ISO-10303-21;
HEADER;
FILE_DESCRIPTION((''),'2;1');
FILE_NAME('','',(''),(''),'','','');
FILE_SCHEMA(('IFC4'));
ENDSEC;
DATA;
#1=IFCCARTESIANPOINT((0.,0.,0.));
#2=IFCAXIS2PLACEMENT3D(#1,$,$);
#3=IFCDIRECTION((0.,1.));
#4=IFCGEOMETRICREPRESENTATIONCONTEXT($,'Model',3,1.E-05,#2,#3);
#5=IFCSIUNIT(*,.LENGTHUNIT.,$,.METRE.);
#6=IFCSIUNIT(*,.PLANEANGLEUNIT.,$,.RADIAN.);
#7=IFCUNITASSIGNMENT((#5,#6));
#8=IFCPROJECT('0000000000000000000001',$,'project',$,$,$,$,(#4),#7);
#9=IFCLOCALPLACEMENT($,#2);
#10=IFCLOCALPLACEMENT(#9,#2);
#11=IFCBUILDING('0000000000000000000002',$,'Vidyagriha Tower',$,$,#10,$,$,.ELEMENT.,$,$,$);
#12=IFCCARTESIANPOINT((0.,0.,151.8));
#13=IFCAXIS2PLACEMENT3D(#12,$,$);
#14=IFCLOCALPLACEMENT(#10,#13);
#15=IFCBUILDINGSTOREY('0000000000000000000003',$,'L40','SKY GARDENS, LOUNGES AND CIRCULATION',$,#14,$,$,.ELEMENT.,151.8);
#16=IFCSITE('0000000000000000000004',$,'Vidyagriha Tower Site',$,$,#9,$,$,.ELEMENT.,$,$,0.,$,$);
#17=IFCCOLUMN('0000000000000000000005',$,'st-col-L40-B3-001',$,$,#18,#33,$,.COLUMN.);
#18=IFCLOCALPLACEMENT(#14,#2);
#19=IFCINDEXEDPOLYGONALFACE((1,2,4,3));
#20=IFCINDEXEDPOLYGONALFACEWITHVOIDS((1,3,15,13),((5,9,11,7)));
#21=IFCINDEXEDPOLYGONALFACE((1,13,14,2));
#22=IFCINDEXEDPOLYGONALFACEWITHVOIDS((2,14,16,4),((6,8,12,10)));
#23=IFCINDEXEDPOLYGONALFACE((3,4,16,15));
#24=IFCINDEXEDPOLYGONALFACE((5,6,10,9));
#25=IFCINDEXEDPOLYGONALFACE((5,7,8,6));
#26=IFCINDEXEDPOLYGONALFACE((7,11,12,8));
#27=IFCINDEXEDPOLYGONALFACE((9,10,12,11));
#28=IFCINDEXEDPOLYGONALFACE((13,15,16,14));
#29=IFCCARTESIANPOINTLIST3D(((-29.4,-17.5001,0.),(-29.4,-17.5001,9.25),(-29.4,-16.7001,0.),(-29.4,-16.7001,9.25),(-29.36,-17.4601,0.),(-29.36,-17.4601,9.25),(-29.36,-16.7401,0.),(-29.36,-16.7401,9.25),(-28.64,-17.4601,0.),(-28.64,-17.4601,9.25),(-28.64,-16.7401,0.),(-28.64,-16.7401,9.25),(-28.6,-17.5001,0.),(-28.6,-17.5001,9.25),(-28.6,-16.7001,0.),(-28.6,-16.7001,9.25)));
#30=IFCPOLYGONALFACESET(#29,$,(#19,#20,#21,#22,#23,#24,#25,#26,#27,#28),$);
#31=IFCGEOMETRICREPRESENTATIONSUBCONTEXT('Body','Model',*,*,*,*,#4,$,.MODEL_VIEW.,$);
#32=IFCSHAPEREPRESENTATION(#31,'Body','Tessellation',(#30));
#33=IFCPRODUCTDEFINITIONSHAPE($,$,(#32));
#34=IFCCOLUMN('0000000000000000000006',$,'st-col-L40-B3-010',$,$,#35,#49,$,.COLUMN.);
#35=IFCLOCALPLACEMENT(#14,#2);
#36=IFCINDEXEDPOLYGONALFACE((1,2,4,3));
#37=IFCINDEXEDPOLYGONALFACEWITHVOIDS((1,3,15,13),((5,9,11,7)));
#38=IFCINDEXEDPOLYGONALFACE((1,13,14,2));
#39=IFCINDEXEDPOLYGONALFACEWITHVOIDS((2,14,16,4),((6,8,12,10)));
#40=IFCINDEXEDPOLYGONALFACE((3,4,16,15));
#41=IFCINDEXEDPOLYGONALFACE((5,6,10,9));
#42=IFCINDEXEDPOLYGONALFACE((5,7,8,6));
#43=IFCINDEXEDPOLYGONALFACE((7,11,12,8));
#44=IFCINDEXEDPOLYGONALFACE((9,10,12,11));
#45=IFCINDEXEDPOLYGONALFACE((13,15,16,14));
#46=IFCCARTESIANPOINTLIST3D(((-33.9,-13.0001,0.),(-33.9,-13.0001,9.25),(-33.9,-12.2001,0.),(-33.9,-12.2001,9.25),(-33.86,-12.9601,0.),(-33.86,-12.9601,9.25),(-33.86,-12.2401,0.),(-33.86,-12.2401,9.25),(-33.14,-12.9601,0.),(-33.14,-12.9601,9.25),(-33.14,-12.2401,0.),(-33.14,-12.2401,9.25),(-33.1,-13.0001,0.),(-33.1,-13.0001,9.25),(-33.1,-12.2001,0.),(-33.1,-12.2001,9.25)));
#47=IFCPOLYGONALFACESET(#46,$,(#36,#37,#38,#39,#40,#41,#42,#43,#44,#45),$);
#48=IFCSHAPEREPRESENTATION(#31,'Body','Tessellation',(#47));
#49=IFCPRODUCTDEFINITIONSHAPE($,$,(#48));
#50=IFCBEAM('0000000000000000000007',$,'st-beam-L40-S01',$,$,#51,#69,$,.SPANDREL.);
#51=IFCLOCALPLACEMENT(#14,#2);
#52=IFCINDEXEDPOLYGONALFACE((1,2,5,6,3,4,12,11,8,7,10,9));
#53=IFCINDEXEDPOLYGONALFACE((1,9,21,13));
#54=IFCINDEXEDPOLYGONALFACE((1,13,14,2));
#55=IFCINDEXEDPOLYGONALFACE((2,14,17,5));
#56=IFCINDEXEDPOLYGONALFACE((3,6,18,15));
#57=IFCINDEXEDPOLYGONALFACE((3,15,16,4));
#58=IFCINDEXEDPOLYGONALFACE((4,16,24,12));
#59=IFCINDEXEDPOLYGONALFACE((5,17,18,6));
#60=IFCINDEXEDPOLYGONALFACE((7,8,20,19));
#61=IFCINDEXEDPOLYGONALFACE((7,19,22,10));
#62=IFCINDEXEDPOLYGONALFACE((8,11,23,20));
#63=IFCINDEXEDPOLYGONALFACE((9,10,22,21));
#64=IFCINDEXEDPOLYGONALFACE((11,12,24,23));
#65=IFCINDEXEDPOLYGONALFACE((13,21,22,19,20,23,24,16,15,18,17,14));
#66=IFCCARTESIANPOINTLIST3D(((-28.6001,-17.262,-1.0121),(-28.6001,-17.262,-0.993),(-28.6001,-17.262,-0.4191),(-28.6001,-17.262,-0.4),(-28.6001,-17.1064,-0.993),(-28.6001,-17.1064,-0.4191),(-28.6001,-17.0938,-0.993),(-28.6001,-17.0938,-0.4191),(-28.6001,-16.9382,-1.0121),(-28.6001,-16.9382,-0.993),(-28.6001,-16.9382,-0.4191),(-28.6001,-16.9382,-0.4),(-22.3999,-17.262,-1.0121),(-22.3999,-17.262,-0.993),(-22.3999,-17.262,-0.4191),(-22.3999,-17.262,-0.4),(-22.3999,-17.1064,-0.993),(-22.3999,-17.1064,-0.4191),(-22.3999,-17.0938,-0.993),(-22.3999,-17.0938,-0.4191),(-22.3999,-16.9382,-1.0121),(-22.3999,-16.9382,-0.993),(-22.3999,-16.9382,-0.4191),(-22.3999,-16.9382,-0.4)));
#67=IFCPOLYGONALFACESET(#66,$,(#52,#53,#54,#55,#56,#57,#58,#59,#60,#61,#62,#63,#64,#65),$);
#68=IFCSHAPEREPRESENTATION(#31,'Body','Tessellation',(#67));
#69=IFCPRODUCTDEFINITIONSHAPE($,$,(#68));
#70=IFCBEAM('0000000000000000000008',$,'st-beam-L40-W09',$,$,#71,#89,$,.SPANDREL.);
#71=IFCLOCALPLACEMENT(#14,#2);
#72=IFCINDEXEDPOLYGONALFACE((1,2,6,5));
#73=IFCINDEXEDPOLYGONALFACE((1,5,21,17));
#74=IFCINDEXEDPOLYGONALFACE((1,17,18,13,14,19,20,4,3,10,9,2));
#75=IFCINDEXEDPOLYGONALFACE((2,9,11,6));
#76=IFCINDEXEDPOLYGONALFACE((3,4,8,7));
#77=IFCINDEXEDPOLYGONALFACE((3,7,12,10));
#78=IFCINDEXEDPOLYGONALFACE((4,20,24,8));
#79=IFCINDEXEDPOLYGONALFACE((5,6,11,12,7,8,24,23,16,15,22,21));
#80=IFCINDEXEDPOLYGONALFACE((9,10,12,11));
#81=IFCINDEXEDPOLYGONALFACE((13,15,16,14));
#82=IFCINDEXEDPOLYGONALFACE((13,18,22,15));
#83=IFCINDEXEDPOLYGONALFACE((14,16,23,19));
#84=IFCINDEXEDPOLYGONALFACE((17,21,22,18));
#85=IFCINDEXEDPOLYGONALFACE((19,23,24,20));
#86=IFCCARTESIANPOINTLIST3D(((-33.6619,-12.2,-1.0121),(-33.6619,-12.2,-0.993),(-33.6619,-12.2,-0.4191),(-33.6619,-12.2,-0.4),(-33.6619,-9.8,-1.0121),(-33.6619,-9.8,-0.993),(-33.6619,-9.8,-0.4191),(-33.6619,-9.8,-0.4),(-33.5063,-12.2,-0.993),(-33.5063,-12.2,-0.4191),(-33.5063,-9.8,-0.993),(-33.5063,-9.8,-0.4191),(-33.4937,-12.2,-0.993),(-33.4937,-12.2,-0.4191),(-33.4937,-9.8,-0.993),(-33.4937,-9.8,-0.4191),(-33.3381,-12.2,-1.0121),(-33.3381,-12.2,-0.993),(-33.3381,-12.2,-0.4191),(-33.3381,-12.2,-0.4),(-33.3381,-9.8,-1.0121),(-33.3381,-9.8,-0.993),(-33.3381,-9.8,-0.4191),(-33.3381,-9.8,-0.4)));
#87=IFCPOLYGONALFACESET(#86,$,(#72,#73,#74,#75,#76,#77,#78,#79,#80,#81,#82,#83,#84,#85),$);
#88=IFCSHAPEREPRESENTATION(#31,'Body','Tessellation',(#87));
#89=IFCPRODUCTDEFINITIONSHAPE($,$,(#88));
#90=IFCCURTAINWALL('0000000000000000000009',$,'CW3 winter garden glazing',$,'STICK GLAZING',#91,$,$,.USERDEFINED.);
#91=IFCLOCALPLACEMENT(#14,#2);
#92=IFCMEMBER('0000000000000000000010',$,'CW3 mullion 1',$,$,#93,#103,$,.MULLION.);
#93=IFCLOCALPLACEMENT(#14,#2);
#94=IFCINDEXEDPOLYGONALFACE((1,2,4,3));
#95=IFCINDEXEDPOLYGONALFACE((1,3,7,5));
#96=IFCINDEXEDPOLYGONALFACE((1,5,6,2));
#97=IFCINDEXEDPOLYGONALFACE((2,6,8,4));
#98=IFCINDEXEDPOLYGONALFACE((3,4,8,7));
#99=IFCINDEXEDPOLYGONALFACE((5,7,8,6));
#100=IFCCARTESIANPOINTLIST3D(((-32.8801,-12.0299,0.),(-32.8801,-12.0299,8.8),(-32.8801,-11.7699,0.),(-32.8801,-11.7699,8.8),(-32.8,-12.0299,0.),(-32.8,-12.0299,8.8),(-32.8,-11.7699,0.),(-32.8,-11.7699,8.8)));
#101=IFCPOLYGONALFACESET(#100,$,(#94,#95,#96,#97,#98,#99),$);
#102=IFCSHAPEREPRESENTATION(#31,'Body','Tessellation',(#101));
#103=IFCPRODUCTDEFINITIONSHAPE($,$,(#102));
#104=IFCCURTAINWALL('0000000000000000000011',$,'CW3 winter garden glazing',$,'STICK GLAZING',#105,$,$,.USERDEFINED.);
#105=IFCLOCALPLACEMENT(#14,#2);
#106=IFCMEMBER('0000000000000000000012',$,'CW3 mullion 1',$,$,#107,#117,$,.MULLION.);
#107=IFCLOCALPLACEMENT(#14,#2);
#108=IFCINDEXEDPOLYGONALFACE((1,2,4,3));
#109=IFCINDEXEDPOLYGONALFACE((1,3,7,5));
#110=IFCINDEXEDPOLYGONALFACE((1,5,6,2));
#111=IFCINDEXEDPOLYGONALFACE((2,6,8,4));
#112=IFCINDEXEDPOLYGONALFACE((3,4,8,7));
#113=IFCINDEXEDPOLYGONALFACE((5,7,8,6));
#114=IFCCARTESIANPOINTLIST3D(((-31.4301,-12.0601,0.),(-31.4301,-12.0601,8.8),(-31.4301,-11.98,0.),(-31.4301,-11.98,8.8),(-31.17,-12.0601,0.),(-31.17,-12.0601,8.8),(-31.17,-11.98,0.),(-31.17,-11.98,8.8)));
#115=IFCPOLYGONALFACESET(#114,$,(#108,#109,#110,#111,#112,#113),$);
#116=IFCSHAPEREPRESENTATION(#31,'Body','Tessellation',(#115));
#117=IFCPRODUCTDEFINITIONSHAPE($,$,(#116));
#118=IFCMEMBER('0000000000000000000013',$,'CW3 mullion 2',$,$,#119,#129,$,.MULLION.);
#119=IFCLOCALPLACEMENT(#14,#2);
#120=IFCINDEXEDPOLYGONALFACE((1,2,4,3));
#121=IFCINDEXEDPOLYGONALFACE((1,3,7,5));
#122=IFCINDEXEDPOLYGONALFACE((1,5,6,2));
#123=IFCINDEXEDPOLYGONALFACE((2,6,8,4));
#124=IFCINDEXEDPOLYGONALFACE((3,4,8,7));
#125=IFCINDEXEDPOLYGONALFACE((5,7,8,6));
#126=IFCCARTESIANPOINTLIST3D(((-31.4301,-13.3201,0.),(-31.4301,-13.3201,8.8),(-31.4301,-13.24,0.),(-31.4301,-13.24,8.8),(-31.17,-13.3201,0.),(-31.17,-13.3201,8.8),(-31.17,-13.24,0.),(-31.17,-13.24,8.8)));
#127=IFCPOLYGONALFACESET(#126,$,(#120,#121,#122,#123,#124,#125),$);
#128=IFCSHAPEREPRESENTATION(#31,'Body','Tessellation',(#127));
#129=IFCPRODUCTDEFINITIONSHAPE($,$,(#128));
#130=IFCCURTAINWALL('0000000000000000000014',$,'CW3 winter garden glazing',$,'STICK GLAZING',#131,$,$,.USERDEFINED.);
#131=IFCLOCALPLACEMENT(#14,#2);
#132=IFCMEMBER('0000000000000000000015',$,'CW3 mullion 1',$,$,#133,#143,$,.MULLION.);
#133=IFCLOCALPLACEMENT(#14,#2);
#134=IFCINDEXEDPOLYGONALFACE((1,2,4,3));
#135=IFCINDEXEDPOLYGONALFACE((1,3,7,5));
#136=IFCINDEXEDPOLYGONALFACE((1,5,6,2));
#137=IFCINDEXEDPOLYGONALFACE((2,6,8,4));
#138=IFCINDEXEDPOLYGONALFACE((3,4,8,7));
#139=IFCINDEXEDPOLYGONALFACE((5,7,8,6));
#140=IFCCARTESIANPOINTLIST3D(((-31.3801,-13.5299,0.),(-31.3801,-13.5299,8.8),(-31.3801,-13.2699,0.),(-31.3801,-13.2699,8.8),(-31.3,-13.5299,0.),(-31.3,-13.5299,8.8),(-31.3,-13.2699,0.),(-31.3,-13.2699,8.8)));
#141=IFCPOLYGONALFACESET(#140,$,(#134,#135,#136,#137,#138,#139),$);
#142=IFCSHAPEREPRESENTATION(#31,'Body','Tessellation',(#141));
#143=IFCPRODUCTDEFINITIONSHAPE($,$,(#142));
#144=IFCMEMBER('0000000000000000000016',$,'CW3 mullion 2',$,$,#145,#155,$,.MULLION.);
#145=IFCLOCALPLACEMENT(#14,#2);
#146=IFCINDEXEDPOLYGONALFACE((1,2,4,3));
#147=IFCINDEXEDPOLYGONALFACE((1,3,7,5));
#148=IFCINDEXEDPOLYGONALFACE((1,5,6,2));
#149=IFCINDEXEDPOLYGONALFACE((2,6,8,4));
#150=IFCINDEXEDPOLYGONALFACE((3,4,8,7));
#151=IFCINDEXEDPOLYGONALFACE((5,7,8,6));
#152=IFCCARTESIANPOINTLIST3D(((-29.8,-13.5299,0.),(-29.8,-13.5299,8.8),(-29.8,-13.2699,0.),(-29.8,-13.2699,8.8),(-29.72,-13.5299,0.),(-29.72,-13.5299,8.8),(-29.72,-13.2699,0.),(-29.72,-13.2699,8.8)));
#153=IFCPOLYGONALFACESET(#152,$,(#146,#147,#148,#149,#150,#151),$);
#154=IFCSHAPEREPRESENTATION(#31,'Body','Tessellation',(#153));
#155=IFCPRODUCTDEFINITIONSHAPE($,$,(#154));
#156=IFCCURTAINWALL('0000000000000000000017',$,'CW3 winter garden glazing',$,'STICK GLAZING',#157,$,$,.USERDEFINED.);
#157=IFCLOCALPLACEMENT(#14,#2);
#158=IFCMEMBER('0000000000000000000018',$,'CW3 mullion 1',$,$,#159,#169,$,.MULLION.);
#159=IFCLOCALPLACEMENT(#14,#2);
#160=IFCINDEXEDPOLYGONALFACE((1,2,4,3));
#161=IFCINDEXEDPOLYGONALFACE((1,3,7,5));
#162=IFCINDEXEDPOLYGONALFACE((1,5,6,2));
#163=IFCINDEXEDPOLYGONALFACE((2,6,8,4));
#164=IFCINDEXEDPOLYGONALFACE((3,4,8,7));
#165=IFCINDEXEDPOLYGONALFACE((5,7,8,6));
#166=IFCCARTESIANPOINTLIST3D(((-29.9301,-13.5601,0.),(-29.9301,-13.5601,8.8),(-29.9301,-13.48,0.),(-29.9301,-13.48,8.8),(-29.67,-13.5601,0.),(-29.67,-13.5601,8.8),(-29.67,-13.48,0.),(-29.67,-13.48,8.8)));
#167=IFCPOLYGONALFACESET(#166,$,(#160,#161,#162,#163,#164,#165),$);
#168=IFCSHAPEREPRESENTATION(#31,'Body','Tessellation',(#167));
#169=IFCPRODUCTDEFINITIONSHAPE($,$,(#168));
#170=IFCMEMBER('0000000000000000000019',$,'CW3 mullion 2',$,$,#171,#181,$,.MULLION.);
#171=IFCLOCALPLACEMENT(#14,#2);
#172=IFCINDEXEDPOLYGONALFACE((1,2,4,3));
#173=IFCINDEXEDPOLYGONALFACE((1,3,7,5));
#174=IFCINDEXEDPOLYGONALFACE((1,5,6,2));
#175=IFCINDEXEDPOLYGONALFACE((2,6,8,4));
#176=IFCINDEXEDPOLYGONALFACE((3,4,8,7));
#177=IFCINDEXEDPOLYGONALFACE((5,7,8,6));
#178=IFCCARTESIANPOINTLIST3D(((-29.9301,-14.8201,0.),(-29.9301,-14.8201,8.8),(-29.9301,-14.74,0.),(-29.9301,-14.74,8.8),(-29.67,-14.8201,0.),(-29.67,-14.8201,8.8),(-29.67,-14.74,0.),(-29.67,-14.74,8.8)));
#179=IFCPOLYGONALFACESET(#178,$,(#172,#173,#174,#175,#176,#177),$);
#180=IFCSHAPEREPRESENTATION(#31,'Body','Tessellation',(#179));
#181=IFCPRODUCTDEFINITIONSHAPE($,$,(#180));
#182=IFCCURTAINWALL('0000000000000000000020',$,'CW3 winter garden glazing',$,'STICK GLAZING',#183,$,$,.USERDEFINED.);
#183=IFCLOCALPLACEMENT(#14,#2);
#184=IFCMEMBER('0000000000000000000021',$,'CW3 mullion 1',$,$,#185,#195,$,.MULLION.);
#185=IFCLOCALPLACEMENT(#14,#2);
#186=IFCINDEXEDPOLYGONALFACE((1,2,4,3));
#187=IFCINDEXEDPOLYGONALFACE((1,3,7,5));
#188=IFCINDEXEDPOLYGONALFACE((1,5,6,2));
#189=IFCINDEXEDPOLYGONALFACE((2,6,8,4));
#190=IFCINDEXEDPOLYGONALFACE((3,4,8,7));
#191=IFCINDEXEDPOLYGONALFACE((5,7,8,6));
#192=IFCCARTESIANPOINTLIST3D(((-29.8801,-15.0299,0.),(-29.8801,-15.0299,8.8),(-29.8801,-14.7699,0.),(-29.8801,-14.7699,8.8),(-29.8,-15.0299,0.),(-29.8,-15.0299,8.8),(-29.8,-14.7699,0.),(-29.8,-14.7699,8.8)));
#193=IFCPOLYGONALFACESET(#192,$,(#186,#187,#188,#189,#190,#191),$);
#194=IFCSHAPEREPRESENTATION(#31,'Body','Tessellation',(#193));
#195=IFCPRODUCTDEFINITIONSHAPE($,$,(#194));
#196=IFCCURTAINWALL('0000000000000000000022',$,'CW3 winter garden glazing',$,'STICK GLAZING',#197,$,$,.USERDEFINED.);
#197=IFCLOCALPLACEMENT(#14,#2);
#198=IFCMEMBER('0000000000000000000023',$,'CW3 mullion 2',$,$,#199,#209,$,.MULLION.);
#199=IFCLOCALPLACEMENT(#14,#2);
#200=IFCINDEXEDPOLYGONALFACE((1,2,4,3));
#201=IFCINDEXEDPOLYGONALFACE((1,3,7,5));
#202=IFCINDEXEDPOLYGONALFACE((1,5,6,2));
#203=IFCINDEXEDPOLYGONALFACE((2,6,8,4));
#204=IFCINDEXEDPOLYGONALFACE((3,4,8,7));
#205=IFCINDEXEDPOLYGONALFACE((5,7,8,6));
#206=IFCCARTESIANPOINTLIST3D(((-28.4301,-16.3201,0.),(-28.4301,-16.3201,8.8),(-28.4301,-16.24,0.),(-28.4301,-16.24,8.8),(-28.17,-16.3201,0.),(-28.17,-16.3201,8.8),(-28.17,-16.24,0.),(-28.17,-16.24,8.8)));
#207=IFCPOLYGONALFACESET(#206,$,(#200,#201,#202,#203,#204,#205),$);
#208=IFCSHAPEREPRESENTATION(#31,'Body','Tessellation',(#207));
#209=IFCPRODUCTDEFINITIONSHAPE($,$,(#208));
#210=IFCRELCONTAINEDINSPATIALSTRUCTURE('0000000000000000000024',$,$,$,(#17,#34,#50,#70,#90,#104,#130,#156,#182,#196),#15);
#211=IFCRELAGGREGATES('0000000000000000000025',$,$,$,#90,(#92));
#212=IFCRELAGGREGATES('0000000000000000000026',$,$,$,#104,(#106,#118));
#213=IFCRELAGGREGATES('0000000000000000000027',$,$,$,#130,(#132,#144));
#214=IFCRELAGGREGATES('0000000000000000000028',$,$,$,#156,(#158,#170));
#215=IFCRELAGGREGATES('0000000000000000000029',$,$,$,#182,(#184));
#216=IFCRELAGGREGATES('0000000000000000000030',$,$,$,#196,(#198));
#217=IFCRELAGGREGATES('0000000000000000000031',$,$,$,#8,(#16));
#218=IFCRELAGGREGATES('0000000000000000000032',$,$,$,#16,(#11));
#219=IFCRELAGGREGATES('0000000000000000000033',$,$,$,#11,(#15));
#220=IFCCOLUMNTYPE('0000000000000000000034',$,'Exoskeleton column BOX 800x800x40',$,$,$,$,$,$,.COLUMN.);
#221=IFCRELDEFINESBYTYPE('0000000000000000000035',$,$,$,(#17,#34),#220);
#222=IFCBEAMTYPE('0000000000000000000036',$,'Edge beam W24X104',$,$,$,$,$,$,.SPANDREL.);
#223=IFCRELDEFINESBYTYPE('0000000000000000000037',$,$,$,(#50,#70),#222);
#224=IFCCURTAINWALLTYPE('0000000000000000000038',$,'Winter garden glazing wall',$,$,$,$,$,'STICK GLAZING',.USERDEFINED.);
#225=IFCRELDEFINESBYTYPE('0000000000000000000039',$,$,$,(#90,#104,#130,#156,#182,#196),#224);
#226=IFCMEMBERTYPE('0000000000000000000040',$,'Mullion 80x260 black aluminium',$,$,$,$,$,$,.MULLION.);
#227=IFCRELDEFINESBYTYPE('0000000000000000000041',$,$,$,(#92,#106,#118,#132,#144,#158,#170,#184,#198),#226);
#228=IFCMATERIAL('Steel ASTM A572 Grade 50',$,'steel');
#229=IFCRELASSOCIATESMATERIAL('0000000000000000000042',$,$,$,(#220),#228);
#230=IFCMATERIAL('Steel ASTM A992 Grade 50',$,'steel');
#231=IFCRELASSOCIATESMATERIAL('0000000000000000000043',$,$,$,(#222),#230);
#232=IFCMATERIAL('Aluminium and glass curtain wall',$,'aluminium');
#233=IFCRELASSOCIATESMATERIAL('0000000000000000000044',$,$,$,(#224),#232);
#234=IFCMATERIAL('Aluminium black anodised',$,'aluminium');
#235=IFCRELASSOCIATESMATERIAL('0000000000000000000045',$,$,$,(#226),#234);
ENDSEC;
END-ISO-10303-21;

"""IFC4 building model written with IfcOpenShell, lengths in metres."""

from ifc_helpers import new_model, si_unit, direction, frame, origin, origin_2d, place, context, subcontext, project, spatial, rectangle, hollow_rectangle, i_section, extrude, material, material_profile, profile_set, type_object, element, aggregate, save


model = new_model("IFC4")

# Units and contexts
model_context = context("Model", 3, precision=1e-05, world=origin(), true_north=direction((0.0, 1.0)))
body_context = subcontext(model_context, "Body", "Model", "MODEL_VIEW")
ifc_project = project(units=[si_unit("LENGTHUNIT", "METRE"), si_unit("PLANEANGLEUNIT", "RADIAN")], contexts=[model_context])

# Site, building, storey
site_placement = place(None, origin())
site = spatial("IfcSite", under=ifc_project, at=site_placement, Name="Vidyagriha Tower Site", CompositionType="ELEMENT", RefElevation=0.0)
building_placement = place(site_placement, origin())
building = spatial("IfcBuilding", under=site, at=building_placement, Name="Vidyagriha Tower", CompositionType="ELEMENT")
storey_placement = place(building_placement, frame((0.0, 0.0, 151.8)))
storey = spatial("IfcBuildingStorey", under=building, at=storey_placement, Name="L40", Description="SKY GARDENS, LOUNGES AND CIRCULATION", CompositionType="ELEMENT", Elevation=151.8)

# Columns
ifc_material_1 = material(Name="Steel ASTM A572 Grade 50", Category="steel")
ifc_material_profile_1 = material_profile(ifc_material_1, hollow_rectangle(XDim=0.8, YDim=0.8, WallThickness=0.04, at=origin_2d()), Name="BOX 800x800x40")
ifc_profile_set_1 = profile_set([ifc_material_profile_1], Name="Steel ASTM A572 Grade 50")
column_type = type_object("IfcColumnType", Name="Exoskeleton column BOX 800x800x40", PredefinedType="COLUMN", material=ifc_profile_set_1)
for number, where, name in (
    (1, (-29.0, -17.1001, 0.0), "st-col-L40-B3-001"),
    (2, (-33.5, -12.6001, 0.0), "st-col-L40-B3-010"),
):
    element("IfcColumn", number, at=place(storey_placement, frame(where)), inside=storey, type_object=column_type, Name=name, PredefinedType="COLUMN", context=body_context, shape_type="SweptSolid", body=[
        extrude(hollow_rectangle(XDim=0.8, YDim=0.8, WallThickness=0.04, at=origin_2d()), origin(), (0.0, 0.0, 1.0), 9.25),
    ])

# Beams
ifc_material_2 = material(Name="Steel ASTM A992 Grade 50", Category="steel")
ifc_material_profile_2 = material_profile(ifc_material_2, i_section(OverallWidth=0.3237, OverallDepth=0.6121, WebThickness=0.0127, FlangeThickness=0.019, at=origin_2d()), Name="W24X104")
ifc_profile_set_2 = profile_set([ifc_material_profile_2], Name="Steel ASTM A992 Grade 50")
beam_type = type_object("IfcBeamType", Name="Edge beam W24X104", PredefinedType="SPANDREL", material=ifc_profile_set_2)
beam_1_placement = place(storey_placement, frame((-28.6001, -17.1001, -0.7061), z_axis=(1.0, 0.0, 0.0), x_axis=(0.0, 1.0, 0.0)))
element("IfcBeam", 3, at=beam_1_placement, inside=storey, type_object=beam_type, Name="st-beam-L40-S01", PredefinedType="SPANDREL", context=body_context, shape_type="SweptSolid", body=[
    extrude(i_section(OverallWidth=0.3237, OverallDepth=0.6121, WebThickness=0.0127, FlangeThickness=0.019, at=origin_2d()), origin(), (0.0, 0.0, 1.0), 6.2002),
])
beam_2_placement = place(storey_placement, frame((-33.5, -12.2, -0.7061), z_axis=(0.0, 1.0, 0.0), x_axis=(-1.0, 0.0, 0.0)))
element("IfcBeam", 4, at=beam_2_placement, inside=storey, type_object=beam_type, Name="st-beam-L40-W09", PredefinedType="SPANDREL", context=body_context, shape_type="SweptSolid", body=[
    extrude(i_section(OverallWidth=0.3237, OverallDepth=0.6121, WebThickness=0.0127, FlangeThickness=0.019, at=origin_2d()), origin(), (0.0, 0.0, 1.0), 2.3999),
])

# Curtain wall, member
ifc_material_3 = material(Name="Aluminium and glass curtain wall", Category="aluminium")
curtain_wall_type = type_object("IfcCurtainWallType", Name="Winter garden glazing wall", ElementType="STICK GLAZING", PredefinedType="USERDEFINED", material=ifc_material_3)
curtain_wall_1_placement = place(storey_placement, origin())
curtain_wall_1 = element("IfcCurtainWall", 5, at=curtain_wall_1_placement, inside=storey, type_object=curtain_wall_type, Name="CW3 winter garden glazing", ObjectType="STICK GLAZING", PredefinedType="USERDEFINED")
ifc_material_4 = material(Name="Aluminium black anodised", Category="aluminium")
ifc_material_profile_3 = material_profile(ifc_material_4, rectangle(XDim=0.26, YDim=0.0801, at=origin_2d()), Name="Mullion 80x260 black aluminium")
ifc_profile_set_3 = profile_set([ifc_material_profile_3], Name="Aluminium black anodised")
member_type_1 = type_object("IfcMemberType", Name="Mullion 80x260 black aluminium", PredefinedType="MULLION", material=ifc_profile_set_3)
member_1_placement = place(storey_placement, frame((-32.8401, -11.8999, 0.0), z_axis=(0.0, 0.0, 1.0), x_axis=(0.0, 1.0, 0.0)))
member_1 = element("IfcMember", 6, at=member_1_placement, type_object=member_type_1, Name="CW3 mullion 1", PredefinedType="MULLION", context=body_context, shape_type="SweptSolid", body=[
    extrude(rectangle(XDim=0.26, YDim=0.0801, at=origin_2d()), origin(), (0.0, 0.0, 1.0), 8.8),
])

# Curtain walls, members
curtain_wall_2_placement = place(storey_placement, origin())
curtain_wall_2 = element("IfcCurtainWall", 7, at=curtain_wall_2_placement, inside=storey, type_object=curtain_wall_type, Name="CW3 winter garden glazing", ObjectType="STICK GLAZING", PredefinedType="USERDEFINED")
member_2_placement = place(storey_placement, frame((-31.3, -12.02, 0.0)))
member_2 = element("IfcMember", 8, at=member_2_placement, type_object=member_type_1, Name="CW3 mullion 1", PredefinedType="MULLION", context=body_context, shape_type="SweptSolid", body=[
    extrude(rectangle(XDim=0.26, YDim=0.0801, at=origin_2d()), origin(), (0.0, 0.0, 1.0), 8.8),
])
member_3_placement = place(storey_placement, frame((-31.3, -13.28, 0.0)))
member_3 = element("IfcMember", 9, at=member_3_placement, type_object=member_type_1, Name="CW3 mullion 2", PredefinedType="MULLION", context=body_context, shape_type="SweptSolid", body=[
    extrude(rectangle(XDim=0.26, YDim=0.0801, at=origin_2d()), origin(), (0.0, 0.0, 1.0), 8.8),
])
curtain_wall_3_placement = place(storey_placement, origin())
curtain_wall_3 = element("IfcCurtainWall", 10, at=curtain_wall_3_placement, inside=storey, type_object=curtain_wall_type, Name="CW3 winter garden glazing", ObjectType="STICK GLAZING", PredefinedType="USERDEFINED")
member_4_placement = place(storey_placement, frame((-31.3401, -13.3999, 0.0), z_axis=(0.0, 0.0, 1.0), x_axis=(0.0, 1.0, 0.0)))
member_4 = element("IfcMember", 11, at=member_4_placement, type_object=member_type_1, Name="CW3 mullion 1", PredefinedType="MULLION", context=body_context, shape_type="SweptSolid", body=[
    extrude(rectangle(XDim=0.26, YDim=0.0801, at=origin_2d()), origin(), (0.0, 0.0, 1.0), 8.8),
])
member_5_placement = place(storey_placement, frame((-29.76, -13.3999, 0.0), z_axis=(0.0, 0.0, 1.0), x_axis=(0.0, 1.0, 0.0)))
member_5 = element("IfcMember", 12, at=member_5_placement, type_object=member_type_1, Name="CW3 mullion 2", PredefinedType="MULLION", context=body_context, shape_type="SweptSolid", body=[
    extrude(rectangle(XDim=0.26, YDim=0.0801, at=origin_2d()), origin(), (0.0, 0.0, 1.0), 8.8),
])
curtain_wall_4_placement = place(storey_placement, origin())
curtain_wall_4 = element("IfcCurtainWall", 13, at=curtain_wall_4_placement, inside=storey, type_object=curtain_wall_type, Name="CW3 winter garden glazing", ObjectType="STICK GLAZING", PredefinedType="USERDEFINED")
member_6_placement = place(storey_placement, frame((-29.8, -13.52, 0.0)))
member_6 = element("IfcMember", 14, at=member_6_placement, type_object=member_type_1, Name="CW3 mullion 1", PredefinedType="MULLION", context=body_context, shape_type="SweptSolid", body=[
    extrude(rectangle(XDim=0.26, YDim=0.0801, at=origin_2d()), origin(), (0.0, 0.0, 1.0), 8.8),
])
member_7_placement = place(storey_placement, frame((-29.8, -14.78, 0.0)))
member_7 = element("IfcMember", 15, at=member_7_placement, type_object=member_type_1, Name="CW3 mullion 2", PredefinedType="MULLION", context=body_context, shape_type="SweptSolid", body=[
    extrude(rectangle(XDim=0.26, YDim=0.0801, at=origin_2d()), origin(), (0.0, 0.0, 1.0), 8.8),
])

# Curtain walls, members
curtain_wall_5_placement = place(storey_placement, origin())
curtain_wall_5 = element("IfcCurtainWall", 16, at=curtain_wall_5_placement, inside=storey, type_object=curtain_wall_type, Name="CW3 winter garden glazing", ObjectType="STICK GLAZING", PredefinedType="USERDEFINED")
member_8_placement = place(storey_placement, frame((-29.8401, -14.8999, 0.0), z_axis=(0.0, 0.0, 1.0), x_axis=(0.0, 1.0, 0.0)))
member_8 = element("IfcMember", 17, at=member_8_placement, type_object=member_type_1, Name="CW3 mullion 1", PredefinedType="MULLION", context=body_context, shape_type="SweptSolid", body=[
    extrude(rectangle(XDim=0.26, YDim=0.0801, at=origin_2d()), origin(), (0.0, 0.0, 1.0), 8.8),
])
curtain_wall_6_placement = place(storey_placement, origin())
curtain_wall_6 = element("IfcCurtainWall", 18, at=curtain_wall_6_placement, inside=storey, type_object=curtain_wall_type, Name="CW3 winter garden glazing", ObjectType="STICK GLAZING", PredefinedType="USERDEFINED")
member_9_placement = place(storey_placement, frame((-28.3, -16.28, 0.0)))
member_9 = element("IfcMember", 19, at=member_9_placement, type_object=member_type_1, Name="CW3 mullion 2", PredefinedType="MULLION", context=body_context, shape_type="SweptSolid", body=[
    extrude(rectangle(XDim=0.26, YDim=0.0801, at=origin_2d()), origin(), (0.0, 0.0, 1.0), 8.8),
])

aggregate(curtain_wall_1, [member_1])
aggregate(curtain_wall_2, [member_2, member_3])
aggregate(curtain_wall_3, [member_4, member_5])
aggregate(curtain_wall_4, [member_6, member_7])
aggregate(curtain_wall_5, [member_8])
aggregate(curtain_wall_6, [member_9])

save(model, "model.ifc")
